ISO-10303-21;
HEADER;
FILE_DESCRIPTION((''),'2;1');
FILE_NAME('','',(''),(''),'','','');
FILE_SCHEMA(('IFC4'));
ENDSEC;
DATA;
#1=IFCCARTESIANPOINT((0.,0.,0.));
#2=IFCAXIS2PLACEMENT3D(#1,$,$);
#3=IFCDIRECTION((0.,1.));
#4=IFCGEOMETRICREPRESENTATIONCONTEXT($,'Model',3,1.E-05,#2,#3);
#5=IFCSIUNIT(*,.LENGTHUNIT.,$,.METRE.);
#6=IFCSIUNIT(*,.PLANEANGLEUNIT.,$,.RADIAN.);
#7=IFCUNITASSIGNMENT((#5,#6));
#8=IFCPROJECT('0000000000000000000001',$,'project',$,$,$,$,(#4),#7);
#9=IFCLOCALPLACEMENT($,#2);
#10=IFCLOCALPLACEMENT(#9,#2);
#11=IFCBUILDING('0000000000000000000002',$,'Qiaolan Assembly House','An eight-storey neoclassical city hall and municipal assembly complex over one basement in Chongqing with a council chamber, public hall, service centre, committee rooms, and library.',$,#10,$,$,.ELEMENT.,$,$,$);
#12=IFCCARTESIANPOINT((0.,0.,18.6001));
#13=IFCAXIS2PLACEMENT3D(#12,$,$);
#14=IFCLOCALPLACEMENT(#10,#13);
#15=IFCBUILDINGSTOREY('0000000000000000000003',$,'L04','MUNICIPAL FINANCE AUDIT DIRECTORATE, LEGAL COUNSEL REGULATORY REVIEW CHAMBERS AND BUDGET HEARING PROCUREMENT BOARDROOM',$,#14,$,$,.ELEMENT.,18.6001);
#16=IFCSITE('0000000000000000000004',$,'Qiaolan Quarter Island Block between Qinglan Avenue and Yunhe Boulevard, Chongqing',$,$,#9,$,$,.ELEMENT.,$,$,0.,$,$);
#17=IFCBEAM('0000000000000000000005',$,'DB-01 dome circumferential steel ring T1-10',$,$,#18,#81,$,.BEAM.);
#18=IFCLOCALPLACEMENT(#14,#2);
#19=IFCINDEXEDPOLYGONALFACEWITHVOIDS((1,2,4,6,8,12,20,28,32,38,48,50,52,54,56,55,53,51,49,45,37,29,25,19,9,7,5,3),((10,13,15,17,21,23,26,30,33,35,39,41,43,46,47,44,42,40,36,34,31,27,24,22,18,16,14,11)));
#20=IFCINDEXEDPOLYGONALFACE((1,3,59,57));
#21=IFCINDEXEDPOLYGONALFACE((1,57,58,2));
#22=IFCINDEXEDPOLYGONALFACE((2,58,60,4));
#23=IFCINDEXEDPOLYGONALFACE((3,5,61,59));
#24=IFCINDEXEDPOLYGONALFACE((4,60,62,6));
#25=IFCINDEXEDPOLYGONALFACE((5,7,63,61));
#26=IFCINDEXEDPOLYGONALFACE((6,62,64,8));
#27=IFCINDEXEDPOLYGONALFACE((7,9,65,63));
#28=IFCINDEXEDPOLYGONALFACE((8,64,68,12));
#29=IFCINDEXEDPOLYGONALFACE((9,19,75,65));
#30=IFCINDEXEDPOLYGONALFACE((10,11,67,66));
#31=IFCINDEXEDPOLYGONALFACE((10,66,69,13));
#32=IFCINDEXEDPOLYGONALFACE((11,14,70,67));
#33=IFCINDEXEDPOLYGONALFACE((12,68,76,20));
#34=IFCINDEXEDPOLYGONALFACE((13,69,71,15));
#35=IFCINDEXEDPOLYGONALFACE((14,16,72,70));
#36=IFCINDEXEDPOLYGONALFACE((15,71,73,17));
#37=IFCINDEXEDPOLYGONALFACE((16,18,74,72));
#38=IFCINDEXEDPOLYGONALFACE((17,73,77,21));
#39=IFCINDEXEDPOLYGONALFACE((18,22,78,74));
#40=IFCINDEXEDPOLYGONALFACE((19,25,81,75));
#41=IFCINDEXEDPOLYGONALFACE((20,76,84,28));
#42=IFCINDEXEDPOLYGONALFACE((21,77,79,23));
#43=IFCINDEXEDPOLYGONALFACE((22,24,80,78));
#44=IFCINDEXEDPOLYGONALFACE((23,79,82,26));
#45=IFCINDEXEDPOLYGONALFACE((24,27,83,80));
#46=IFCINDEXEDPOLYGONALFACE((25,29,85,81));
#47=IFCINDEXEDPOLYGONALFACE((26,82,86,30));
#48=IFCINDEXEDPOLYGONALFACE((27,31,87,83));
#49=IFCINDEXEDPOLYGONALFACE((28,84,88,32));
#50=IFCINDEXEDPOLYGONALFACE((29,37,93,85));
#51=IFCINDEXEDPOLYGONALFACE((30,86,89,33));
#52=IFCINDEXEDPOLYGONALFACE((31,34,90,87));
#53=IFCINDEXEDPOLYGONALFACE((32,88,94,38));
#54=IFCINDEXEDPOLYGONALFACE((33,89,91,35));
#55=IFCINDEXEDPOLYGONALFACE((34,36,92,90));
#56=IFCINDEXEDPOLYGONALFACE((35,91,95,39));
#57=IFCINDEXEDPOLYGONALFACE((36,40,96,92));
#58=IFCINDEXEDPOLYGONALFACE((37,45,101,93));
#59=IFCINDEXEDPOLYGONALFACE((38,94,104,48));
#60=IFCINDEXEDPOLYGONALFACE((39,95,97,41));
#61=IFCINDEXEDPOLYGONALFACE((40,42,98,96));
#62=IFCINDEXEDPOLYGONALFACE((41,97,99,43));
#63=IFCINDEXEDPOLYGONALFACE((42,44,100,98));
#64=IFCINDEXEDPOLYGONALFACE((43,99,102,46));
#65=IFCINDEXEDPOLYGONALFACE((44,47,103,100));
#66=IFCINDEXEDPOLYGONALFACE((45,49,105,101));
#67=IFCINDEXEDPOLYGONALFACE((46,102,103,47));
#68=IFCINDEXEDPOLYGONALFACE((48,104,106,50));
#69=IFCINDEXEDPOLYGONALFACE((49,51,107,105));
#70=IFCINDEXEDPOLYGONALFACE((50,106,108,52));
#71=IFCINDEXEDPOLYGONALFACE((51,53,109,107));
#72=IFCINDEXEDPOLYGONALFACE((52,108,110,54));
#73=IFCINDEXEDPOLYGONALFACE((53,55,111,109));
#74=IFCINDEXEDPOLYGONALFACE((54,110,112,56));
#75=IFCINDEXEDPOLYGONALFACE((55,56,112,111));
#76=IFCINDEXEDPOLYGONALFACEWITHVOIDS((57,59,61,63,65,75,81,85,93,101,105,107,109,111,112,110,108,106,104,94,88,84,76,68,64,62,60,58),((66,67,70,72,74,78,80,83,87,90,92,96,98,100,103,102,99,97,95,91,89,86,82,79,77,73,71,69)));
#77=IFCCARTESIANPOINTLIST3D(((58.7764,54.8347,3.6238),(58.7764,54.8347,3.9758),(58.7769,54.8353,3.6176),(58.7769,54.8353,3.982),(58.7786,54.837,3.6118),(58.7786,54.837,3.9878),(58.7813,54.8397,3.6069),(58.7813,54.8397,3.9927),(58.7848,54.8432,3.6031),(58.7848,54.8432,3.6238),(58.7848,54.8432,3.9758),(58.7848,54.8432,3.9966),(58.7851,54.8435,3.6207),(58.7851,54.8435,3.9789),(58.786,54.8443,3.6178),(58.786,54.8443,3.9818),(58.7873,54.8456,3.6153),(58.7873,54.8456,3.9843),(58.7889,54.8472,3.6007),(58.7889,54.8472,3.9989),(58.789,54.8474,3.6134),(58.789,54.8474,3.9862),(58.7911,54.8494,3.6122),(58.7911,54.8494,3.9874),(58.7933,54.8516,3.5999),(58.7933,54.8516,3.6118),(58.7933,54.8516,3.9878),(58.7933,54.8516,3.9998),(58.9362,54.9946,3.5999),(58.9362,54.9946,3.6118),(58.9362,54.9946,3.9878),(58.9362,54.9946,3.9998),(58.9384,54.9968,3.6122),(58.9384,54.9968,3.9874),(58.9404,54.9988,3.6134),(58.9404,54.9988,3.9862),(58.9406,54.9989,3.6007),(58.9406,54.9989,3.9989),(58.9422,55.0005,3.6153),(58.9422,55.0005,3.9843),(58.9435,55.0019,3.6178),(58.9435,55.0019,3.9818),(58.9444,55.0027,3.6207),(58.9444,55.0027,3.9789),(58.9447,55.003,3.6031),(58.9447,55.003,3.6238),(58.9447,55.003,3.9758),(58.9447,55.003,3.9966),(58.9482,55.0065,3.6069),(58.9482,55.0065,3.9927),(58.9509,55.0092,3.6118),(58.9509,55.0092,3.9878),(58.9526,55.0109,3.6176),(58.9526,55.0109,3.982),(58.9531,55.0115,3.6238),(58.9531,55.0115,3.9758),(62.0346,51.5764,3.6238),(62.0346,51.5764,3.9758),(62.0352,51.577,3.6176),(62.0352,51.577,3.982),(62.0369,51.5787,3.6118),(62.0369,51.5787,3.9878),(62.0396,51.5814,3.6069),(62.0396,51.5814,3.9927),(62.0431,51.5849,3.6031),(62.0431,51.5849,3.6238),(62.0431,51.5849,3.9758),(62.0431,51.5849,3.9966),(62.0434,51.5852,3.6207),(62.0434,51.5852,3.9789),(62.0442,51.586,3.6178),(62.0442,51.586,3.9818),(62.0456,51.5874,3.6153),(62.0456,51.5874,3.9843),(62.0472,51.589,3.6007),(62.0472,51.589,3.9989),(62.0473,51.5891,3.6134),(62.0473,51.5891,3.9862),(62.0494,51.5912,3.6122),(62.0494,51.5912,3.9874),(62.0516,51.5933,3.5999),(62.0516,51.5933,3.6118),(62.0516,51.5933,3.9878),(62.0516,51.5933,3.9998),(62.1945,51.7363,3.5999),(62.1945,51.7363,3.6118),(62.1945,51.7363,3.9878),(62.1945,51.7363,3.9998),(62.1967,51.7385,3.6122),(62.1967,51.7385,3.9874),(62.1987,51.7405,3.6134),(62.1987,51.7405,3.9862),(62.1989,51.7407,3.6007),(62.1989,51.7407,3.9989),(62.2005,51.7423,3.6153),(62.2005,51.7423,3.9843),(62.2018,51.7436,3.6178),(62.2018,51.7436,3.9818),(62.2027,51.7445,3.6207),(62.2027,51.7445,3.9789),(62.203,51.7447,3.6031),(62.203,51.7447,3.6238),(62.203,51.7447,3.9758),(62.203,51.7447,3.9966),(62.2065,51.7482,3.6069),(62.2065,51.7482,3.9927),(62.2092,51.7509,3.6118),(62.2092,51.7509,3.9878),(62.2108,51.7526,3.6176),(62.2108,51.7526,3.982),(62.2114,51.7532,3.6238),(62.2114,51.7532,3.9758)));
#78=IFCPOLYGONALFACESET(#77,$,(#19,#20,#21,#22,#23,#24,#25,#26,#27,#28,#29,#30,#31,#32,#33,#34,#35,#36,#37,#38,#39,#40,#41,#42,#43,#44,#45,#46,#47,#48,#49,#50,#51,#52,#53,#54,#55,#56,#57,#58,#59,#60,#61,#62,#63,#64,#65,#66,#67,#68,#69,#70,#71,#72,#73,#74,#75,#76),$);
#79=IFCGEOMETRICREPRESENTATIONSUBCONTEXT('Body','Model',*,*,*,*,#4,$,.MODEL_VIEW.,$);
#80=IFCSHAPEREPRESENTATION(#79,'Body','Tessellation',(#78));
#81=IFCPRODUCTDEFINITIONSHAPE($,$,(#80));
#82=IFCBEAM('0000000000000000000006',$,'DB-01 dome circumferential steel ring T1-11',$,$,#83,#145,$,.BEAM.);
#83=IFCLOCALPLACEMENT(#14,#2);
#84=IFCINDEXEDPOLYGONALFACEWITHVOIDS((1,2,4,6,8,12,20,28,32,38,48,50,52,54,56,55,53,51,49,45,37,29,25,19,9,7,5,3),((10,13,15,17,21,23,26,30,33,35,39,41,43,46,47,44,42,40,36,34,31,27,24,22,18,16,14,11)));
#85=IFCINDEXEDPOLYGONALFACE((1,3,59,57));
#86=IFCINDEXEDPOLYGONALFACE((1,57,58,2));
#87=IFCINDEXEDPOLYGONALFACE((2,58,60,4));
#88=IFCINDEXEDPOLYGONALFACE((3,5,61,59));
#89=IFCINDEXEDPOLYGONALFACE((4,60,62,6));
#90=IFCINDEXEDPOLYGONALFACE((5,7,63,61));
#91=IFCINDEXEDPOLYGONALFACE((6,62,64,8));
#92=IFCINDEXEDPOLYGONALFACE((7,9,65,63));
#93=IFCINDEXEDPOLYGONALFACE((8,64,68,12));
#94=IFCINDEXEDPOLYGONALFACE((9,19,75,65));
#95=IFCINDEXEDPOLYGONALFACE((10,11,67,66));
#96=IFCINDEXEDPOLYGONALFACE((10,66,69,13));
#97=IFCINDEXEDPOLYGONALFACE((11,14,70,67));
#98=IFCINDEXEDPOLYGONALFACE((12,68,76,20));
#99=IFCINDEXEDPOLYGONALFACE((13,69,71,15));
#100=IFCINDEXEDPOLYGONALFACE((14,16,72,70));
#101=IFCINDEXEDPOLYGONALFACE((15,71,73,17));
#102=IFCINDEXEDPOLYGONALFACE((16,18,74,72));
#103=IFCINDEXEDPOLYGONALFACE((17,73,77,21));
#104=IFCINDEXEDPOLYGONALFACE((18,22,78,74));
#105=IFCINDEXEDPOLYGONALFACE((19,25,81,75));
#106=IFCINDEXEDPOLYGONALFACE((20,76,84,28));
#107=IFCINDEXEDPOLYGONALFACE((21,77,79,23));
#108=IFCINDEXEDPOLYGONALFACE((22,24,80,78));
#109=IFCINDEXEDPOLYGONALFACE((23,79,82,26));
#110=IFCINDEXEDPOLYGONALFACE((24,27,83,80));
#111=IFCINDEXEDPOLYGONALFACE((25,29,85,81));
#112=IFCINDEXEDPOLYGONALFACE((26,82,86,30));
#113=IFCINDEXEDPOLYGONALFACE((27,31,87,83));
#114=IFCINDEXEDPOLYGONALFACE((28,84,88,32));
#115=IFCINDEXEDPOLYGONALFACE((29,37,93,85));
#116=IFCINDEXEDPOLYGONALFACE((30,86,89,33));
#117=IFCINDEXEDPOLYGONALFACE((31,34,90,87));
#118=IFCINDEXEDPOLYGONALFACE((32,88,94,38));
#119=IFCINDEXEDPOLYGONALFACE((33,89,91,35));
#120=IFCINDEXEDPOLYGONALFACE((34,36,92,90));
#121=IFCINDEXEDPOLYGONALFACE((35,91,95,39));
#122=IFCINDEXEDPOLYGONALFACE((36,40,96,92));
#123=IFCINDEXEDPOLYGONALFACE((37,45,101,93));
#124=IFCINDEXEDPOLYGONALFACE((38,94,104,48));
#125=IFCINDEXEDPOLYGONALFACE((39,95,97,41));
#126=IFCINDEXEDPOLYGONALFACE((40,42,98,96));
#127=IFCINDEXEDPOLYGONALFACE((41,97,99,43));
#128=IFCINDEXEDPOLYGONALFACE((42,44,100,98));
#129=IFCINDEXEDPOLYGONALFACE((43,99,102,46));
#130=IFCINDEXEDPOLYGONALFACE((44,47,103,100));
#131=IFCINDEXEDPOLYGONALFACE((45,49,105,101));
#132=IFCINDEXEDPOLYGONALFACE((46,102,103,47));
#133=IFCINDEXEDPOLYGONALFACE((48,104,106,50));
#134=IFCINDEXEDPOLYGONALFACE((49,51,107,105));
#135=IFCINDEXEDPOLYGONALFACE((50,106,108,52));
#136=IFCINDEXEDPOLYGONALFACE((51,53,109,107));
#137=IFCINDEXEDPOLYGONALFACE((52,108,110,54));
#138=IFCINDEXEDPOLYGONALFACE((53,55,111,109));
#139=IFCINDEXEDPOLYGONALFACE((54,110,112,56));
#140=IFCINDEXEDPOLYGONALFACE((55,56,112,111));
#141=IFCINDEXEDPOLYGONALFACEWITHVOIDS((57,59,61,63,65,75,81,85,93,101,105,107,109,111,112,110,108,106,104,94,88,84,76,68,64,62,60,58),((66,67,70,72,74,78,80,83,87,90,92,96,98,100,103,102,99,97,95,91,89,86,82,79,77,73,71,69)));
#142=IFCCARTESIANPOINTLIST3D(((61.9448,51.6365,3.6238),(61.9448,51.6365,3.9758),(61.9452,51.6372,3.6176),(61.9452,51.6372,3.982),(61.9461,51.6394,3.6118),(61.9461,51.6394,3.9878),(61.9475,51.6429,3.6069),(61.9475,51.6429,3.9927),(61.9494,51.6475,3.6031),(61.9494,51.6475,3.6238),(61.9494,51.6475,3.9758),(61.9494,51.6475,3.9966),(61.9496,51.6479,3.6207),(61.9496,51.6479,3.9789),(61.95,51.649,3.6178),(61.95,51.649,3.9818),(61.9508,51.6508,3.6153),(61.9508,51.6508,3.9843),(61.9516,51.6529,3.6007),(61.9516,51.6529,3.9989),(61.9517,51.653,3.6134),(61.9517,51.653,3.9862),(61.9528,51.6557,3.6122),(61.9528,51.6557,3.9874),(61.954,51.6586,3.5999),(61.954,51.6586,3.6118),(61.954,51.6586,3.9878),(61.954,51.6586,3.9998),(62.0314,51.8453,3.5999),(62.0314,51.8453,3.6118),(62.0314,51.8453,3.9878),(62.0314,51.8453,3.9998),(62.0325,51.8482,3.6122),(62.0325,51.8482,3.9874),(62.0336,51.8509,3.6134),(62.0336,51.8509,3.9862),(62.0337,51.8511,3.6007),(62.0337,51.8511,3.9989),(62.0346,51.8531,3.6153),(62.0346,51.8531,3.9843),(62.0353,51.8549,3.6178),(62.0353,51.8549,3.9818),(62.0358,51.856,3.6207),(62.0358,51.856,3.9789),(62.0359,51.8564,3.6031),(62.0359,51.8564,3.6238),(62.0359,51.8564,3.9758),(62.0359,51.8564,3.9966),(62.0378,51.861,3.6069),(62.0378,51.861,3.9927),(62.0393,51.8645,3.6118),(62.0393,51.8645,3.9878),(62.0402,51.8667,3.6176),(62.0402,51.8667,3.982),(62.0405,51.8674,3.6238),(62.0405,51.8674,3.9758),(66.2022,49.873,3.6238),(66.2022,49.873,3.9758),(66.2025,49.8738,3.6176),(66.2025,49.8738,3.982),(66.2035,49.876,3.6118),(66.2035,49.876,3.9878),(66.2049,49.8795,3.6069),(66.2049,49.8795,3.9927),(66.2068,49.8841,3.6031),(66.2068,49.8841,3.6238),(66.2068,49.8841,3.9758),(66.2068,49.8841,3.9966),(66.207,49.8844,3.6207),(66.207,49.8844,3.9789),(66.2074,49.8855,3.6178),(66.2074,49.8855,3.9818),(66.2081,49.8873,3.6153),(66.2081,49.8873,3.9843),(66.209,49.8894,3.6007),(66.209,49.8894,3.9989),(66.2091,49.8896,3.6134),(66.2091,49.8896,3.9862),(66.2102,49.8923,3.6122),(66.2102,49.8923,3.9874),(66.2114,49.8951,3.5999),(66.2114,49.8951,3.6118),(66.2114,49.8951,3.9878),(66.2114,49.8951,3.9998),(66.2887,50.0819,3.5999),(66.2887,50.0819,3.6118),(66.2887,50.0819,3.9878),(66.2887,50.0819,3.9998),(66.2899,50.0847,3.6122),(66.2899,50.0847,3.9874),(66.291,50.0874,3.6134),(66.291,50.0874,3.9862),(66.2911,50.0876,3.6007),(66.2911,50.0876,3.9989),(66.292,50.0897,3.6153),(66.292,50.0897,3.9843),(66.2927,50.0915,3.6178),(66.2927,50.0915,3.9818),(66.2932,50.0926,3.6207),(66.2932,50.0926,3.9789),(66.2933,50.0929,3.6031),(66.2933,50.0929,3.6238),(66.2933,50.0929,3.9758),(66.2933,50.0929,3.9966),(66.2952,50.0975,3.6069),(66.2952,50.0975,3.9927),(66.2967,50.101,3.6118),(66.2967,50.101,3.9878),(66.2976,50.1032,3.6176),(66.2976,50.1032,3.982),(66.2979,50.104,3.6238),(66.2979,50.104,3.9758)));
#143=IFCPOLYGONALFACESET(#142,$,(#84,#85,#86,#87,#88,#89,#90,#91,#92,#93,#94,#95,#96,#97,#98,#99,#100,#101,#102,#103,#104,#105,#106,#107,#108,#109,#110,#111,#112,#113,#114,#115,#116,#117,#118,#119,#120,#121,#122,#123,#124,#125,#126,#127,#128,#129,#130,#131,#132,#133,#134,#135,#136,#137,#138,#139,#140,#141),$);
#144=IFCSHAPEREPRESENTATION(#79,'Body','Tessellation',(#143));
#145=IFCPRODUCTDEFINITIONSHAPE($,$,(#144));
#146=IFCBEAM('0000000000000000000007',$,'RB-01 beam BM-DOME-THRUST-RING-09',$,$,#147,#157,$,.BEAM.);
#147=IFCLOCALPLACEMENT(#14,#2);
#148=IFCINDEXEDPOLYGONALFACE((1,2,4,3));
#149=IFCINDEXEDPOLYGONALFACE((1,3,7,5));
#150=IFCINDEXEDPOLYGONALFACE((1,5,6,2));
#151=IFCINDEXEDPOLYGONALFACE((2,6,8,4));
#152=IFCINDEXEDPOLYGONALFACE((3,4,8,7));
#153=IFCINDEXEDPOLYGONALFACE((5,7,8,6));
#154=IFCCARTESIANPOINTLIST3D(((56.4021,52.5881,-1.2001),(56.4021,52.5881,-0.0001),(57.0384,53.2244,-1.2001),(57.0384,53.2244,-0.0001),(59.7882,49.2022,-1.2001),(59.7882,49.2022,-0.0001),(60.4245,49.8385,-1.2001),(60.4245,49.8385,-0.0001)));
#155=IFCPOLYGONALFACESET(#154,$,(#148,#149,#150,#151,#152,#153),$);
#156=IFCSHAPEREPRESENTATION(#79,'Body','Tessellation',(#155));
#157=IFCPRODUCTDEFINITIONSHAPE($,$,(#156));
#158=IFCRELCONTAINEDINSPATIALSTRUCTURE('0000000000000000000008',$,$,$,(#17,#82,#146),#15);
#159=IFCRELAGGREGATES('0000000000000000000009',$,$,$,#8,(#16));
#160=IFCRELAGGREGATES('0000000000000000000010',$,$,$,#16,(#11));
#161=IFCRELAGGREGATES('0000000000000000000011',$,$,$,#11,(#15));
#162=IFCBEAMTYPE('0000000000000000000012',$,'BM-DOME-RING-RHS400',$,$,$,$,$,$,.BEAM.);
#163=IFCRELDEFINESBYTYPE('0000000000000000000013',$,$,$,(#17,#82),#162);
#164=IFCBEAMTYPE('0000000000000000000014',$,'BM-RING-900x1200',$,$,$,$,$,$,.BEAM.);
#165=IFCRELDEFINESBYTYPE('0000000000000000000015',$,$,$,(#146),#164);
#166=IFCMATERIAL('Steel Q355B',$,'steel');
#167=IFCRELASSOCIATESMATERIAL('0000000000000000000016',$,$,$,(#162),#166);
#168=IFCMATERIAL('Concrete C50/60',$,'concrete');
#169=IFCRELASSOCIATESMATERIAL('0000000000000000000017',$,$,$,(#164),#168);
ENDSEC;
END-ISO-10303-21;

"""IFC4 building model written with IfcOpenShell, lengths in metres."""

from ifc_helpers import new_model, si_unit, direction, frame, origin, origin_2d, place, context, subcontext, project, spatial, rectangle, hollow_rectangle, extrude, material, material_profile, profile_set, type_object, element, save


model = new_model("IFC4")

# Units and contexts
model_context = context("Model", 3, precision=1e-05, world=origin(), true_north=direction((0.0, 1.0)))
body_context = subcontext(model_context, "Body", "Model", "MODEL_VIEW")
ifc_project = project(units=[si_unit("LENGTHUNIT", "METRE"), si_unit("PLANEANGLEUNIT", "RADIAN")], contexts=[model_context])

# Site, building, storey
site_placement = place(None, origin())
site = spatial("IfcSite", under=ifc_project, at=site_placement, Name="Qiaolan Quarter Island Block between Qinglan Avenue and Yunhe Boulevard, Chongqing", CompositionType="ELEMENT", RefElevation=0.0)
building_placement = place(site_placement, origin())
building = spatial("IfcBuilding", under=site, at=building_placement, Name="Qiaolan Assembly House", Description="An eight-storey neoclassical city hall and municipal assembly complex over one basement in Chongqing with a council chamber, public hall, service centre, committee rooms, and library.", CompositionType="ELEMENT")
storey_placement = place(building_placement, frame((0.0, 0.0, 18.6001)))
storey = spatial("IfcBuildingStorey", under=building, at=storey_placement, Name="L04", Description="MUNICIPAL FINANCE AUDIT DIRECTORATE, LEGAL COUNSEL REGULATORY REVIEW CHAMBERS AND BUDGET HEARING PROCUREMENT BOARDROOM", CompositionType="ELEMENT", Elevation=18.6001)

# Beams
ifc_material_1 = material(Name="Steel Q355B", Category="steel")
ifc_material_profile_1 = material_profile(ifc_material_1, hollow_rectangle(XDim=0.25, YDim=0.3999, WallThickness=0.012, InnerFilletRadius=0.012, OuterFilletRadius=0.0239, at=origin_2d()), Name="RHS 400x250x12")
ifc_profile_set_1 = profile_set([ifc_material_profile_1], Name="Steel Q355B")
beam_type_1 = type_object("IfcBeamType", Name="BM-DOME-RING-RHS400", PredefinedType="BEAM", material=ifc_profile_set_1)
beam_1_placement = place(storey_placement, frame((58.8647, 54.9231, 3.7998), z_axis=(0.707107, -0.707107, 0.0), x_axis=(0.707107, 0.707107, 0.0)))
element("IfcBeam", 1, at=beam_1_placement, inside=storey, type_object=beam_type_1, Name="DB-01 dome circumferential steel ring T1-10", PredefinedType="BEAM", context=body_context, shape_type="SweptSolid", body=[
    extrude(hollow_rectangle(XDim=0.25, YDim=0.3999, WallThickness=0.012, InnerFilletRadius=0.012, OuterFilletRadius=0.0239, at=origin_2d()), origin(), (0.0, 0.0, 1.0), 4.6079),
])
beam_2_placement = place(storey_placement, frame((61.9927, 51.752, 3.7998), z_axis=(0.923881, -0.382681, 0.0), x_axis=(0.382681, 0.923881, 0.0)))
element("IfcBeam", 2, at=beam_2_placement, inside=storey, type_object=beam_type_1, Name="DB-01 dome circumferential steel ring T1-11", PredefinedType="BEAM", context=body_context, shape_type="SweptSolid", body=[
    extrude(hollow_rectangle(XDim=0.25, YDim=0.3999, WallThickness=0.012, InnerFilletRadius=0.012, OuterFilletRadius=0.0239, at=origin_2d()), origin(), (0.0, 0.0, 1.0), 4.6082),
])
ifc_material_2 = material(Name="Concrete C50/60", Category="concrete")
ifc_material_profile_2 = material_profile(ifc_material_2, rectangle(XDim=0.8999, YDim=1.2, at=origin_2d()), Name="RCB 900x1200")
ifc_profile_set_2 = profile_set([ifc_material_profile_2], Name="Concrete C50/60")
beam_type_2 = type_object("IfcBeamType", Name="BM-RING-900x1200", PredefinedType="BEAM", material=ifc_profile_set_2)
beam_3_placement = place(storey_placement, frame((56.7202, 52.9062, -0.6001), z_axis=(0.707132, -0.707081, 0.0), x_axis=(0.707081, 0.707132, 0.0)))
element("IfcBeam", 3, at=beam_3_placement, inside=storey, type_object=beam_type_2, Name="RB-01 beam BM-DOME-THRUST-RING-09", PredefinedType="BEAM", context=body_context, shape_type="SweptSolid", body=[
    extrude(rectangle(XDim=0.8999, YDim=1.2, at=origin_2d()), origin(), (0.0, 0.0, 1.0), 4.7886),
])

save(model, "model.ifc")
